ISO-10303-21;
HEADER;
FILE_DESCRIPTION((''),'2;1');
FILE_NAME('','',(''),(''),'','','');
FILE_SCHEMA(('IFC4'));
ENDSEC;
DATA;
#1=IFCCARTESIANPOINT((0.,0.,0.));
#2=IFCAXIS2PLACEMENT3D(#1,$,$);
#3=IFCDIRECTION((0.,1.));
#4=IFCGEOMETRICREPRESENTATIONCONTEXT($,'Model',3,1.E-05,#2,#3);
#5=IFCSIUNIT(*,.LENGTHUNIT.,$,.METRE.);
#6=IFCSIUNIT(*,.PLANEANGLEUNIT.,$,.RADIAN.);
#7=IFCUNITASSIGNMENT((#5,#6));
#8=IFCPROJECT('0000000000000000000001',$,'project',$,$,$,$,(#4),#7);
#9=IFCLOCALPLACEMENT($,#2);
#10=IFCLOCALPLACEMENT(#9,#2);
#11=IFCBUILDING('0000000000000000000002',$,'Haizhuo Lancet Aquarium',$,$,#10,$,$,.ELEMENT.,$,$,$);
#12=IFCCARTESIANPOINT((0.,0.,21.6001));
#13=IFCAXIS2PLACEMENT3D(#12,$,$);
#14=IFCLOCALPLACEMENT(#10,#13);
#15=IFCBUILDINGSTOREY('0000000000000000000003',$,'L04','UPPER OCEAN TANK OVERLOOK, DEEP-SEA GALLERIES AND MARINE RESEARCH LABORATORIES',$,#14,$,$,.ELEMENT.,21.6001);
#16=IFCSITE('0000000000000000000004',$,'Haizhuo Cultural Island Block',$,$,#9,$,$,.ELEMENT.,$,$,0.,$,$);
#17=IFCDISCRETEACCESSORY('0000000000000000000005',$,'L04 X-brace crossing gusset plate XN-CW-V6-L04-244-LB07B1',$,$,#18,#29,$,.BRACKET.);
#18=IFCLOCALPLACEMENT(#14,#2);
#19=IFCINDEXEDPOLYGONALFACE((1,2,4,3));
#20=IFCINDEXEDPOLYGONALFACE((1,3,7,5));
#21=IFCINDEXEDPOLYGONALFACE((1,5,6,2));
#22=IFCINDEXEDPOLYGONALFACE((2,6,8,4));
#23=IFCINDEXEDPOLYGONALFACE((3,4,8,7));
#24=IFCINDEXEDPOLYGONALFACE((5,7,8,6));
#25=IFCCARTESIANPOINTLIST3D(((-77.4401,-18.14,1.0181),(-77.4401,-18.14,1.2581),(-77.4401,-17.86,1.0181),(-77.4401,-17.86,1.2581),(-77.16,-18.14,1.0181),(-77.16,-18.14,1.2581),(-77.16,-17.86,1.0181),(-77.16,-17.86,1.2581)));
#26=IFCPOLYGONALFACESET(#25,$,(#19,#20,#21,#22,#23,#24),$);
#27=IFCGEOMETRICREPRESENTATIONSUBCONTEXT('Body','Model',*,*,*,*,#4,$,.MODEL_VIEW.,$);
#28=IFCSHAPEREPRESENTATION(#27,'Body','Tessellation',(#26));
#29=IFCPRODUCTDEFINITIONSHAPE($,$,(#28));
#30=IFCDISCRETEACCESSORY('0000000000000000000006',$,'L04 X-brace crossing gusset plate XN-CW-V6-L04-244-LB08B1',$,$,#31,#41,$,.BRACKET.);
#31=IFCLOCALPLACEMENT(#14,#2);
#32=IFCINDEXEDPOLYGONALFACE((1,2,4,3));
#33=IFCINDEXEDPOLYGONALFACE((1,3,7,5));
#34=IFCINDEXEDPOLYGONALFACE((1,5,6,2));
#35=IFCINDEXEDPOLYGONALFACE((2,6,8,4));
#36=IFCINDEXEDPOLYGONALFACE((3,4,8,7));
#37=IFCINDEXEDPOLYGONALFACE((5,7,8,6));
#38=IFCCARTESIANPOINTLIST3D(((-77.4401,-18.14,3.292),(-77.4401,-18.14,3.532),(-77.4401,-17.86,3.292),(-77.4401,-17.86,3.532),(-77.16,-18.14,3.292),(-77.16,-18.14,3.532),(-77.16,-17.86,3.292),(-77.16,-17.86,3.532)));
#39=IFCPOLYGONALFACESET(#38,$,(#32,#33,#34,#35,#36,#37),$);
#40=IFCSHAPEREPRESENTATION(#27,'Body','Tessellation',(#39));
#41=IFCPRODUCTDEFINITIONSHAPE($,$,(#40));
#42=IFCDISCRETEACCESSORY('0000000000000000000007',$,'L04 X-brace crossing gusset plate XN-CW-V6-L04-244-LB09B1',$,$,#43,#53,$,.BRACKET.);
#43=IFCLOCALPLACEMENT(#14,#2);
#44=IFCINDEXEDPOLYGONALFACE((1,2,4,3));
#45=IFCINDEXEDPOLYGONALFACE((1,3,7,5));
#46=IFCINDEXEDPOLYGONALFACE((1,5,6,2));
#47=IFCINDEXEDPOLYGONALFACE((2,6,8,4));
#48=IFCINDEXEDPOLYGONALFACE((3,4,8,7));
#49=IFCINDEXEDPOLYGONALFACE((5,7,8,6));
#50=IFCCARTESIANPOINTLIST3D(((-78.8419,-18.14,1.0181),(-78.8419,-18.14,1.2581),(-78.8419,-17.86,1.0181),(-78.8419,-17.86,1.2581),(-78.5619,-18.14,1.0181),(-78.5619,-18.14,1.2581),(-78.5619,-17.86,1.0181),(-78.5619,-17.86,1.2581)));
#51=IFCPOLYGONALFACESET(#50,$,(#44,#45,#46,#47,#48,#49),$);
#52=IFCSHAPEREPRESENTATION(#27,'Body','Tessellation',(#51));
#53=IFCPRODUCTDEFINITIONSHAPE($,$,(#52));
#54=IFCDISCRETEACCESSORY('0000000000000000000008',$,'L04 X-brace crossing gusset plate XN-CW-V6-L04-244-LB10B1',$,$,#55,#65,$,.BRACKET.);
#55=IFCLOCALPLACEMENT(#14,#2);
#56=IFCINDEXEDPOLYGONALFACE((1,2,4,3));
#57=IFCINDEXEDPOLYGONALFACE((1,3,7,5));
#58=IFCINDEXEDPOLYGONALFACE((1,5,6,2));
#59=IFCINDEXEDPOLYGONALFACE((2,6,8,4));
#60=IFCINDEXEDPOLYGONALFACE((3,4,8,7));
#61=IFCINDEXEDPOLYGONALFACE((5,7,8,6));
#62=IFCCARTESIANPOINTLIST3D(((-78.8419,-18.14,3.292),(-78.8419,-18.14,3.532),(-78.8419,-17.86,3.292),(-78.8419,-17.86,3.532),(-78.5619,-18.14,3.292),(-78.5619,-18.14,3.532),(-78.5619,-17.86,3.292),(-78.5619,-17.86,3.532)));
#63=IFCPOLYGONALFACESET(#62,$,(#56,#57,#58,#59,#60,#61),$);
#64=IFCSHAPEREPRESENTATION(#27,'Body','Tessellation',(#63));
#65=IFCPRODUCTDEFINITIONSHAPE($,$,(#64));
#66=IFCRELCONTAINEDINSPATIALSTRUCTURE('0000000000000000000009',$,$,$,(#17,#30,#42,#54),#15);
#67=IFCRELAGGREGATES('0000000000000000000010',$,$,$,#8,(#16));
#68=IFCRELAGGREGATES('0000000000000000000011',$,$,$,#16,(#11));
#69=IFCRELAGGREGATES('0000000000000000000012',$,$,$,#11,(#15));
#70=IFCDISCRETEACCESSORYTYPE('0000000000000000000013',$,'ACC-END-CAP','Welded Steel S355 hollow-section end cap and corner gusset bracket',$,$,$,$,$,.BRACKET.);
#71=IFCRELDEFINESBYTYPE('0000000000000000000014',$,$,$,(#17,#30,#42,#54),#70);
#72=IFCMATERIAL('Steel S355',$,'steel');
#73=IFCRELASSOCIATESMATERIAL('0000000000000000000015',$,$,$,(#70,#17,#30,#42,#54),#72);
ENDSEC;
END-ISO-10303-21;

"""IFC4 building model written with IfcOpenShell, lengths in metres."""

from ifc_helpers import new_model, si_unit, direction, frame, origin, origin_2d, place, context, subcontext, project, spatial, rectangle, extrude, material, type_object, element, save


model = new_model("IFC4")

# Units and contexts
model_context = context("Model", 3, precision=1e-05, world=origin(), true_north=direction((0.0, 1.0)))
body_context = subcontext(model_context, "Body", "Model", "MODEL_VIEW")
ifc_project = project(units=[si_unit("LENGTHUNIT", "METRE"), si_unit("PLANEANGLEUNIT", "RADIAN")], contexts=[model_context])

# Site, building, storey
site_placement = place(None, origin())
site = spatial("IfcSite", under=ifc_project, at=site_placement, Name="Haizhuo Cultural Island Block", CompositionType="ELEMENT", RefElevation=0.0)
building_placement = place(site_placement, origin())
building = spatial("IfcBuilding", under=site, at=building_placement, Name="Haizhuo Lancet Aquarium", CompositionType="ELEMENT")
storey_placement = place(building_placement, frame((0.0, 0.0, 21.6001)))
storey = spatial("IfcBuildingStorey", under=building, at=storey_placement, Name="L04", Description="UPPER OCEAN TANK OVERLOOK, DEEP-SEA GALLERIES AND MARINE RESEARCH LABORATORIES", CompositionType="ELEMENT", Elevation=21.6001)

# Shared definitions
ifc_material_1 = material(Name="Steel S355", Category="steel")

# Discrete accessories
discrete_accessory_type = type_object("IfcDiscreteAccessoryType", Name="ACC-END-CAP", Description="Welded Steel S355 hollow-section end cap and corner gusset bracket", PredefinedType="BRACKET", material=ifc_material_1)
for number, where, z_axis, x_axis, name in (
    (1, (-77.3, -18.0, 1.0181), (0.0, 0.0, 1.0), (1.0, 0.0, 0.0), "L04 X-brace crossing gusset plate XN-CW-V6-L04-244-LB07B1"),
    (2, (-77.3, -18.0, 3.292), (0.0, 0.0, 1.0), (1.0, 0.0, 0.0), "L04 X-brace crossing gusset plate XN-CW-V6-L04-244-LB08B1"),
    (3, (-78.7019, -18.0, 1.0181), (0.0, 0.0, 1.0), (1.0, 0.0, 0.0), "L04 X-brace crossing gusset plate XN-CW-V6-L04-244-LB09B1"),
    (4, (-78.7019, -18.0, 3.292), (0.0, 0.0, 1.0), (1.0, 0.0, 0.0), "L04 X-brace crossing gusset plate XN-CW-V6-L04-244-LB10B1"),
):
    element("IfcDiscreteAccessory", number, at=place(storey_placement, frame(where, z_axis=z_axis, x_axis=x_axis)), inside=storey, type_object=discrete_accessory_type, material=ifc_material_1, Name=name, PredefinedType="BRACKET", context=body_context, shape_type="SweptSolid", body=[
        extrude(rectangle(XDim=0.28, YDim=0.28, at=origin_2d()), origin(), (0.0, 0.0, 1.0), 0.24),
    ])

save(model, "model.ifc")
